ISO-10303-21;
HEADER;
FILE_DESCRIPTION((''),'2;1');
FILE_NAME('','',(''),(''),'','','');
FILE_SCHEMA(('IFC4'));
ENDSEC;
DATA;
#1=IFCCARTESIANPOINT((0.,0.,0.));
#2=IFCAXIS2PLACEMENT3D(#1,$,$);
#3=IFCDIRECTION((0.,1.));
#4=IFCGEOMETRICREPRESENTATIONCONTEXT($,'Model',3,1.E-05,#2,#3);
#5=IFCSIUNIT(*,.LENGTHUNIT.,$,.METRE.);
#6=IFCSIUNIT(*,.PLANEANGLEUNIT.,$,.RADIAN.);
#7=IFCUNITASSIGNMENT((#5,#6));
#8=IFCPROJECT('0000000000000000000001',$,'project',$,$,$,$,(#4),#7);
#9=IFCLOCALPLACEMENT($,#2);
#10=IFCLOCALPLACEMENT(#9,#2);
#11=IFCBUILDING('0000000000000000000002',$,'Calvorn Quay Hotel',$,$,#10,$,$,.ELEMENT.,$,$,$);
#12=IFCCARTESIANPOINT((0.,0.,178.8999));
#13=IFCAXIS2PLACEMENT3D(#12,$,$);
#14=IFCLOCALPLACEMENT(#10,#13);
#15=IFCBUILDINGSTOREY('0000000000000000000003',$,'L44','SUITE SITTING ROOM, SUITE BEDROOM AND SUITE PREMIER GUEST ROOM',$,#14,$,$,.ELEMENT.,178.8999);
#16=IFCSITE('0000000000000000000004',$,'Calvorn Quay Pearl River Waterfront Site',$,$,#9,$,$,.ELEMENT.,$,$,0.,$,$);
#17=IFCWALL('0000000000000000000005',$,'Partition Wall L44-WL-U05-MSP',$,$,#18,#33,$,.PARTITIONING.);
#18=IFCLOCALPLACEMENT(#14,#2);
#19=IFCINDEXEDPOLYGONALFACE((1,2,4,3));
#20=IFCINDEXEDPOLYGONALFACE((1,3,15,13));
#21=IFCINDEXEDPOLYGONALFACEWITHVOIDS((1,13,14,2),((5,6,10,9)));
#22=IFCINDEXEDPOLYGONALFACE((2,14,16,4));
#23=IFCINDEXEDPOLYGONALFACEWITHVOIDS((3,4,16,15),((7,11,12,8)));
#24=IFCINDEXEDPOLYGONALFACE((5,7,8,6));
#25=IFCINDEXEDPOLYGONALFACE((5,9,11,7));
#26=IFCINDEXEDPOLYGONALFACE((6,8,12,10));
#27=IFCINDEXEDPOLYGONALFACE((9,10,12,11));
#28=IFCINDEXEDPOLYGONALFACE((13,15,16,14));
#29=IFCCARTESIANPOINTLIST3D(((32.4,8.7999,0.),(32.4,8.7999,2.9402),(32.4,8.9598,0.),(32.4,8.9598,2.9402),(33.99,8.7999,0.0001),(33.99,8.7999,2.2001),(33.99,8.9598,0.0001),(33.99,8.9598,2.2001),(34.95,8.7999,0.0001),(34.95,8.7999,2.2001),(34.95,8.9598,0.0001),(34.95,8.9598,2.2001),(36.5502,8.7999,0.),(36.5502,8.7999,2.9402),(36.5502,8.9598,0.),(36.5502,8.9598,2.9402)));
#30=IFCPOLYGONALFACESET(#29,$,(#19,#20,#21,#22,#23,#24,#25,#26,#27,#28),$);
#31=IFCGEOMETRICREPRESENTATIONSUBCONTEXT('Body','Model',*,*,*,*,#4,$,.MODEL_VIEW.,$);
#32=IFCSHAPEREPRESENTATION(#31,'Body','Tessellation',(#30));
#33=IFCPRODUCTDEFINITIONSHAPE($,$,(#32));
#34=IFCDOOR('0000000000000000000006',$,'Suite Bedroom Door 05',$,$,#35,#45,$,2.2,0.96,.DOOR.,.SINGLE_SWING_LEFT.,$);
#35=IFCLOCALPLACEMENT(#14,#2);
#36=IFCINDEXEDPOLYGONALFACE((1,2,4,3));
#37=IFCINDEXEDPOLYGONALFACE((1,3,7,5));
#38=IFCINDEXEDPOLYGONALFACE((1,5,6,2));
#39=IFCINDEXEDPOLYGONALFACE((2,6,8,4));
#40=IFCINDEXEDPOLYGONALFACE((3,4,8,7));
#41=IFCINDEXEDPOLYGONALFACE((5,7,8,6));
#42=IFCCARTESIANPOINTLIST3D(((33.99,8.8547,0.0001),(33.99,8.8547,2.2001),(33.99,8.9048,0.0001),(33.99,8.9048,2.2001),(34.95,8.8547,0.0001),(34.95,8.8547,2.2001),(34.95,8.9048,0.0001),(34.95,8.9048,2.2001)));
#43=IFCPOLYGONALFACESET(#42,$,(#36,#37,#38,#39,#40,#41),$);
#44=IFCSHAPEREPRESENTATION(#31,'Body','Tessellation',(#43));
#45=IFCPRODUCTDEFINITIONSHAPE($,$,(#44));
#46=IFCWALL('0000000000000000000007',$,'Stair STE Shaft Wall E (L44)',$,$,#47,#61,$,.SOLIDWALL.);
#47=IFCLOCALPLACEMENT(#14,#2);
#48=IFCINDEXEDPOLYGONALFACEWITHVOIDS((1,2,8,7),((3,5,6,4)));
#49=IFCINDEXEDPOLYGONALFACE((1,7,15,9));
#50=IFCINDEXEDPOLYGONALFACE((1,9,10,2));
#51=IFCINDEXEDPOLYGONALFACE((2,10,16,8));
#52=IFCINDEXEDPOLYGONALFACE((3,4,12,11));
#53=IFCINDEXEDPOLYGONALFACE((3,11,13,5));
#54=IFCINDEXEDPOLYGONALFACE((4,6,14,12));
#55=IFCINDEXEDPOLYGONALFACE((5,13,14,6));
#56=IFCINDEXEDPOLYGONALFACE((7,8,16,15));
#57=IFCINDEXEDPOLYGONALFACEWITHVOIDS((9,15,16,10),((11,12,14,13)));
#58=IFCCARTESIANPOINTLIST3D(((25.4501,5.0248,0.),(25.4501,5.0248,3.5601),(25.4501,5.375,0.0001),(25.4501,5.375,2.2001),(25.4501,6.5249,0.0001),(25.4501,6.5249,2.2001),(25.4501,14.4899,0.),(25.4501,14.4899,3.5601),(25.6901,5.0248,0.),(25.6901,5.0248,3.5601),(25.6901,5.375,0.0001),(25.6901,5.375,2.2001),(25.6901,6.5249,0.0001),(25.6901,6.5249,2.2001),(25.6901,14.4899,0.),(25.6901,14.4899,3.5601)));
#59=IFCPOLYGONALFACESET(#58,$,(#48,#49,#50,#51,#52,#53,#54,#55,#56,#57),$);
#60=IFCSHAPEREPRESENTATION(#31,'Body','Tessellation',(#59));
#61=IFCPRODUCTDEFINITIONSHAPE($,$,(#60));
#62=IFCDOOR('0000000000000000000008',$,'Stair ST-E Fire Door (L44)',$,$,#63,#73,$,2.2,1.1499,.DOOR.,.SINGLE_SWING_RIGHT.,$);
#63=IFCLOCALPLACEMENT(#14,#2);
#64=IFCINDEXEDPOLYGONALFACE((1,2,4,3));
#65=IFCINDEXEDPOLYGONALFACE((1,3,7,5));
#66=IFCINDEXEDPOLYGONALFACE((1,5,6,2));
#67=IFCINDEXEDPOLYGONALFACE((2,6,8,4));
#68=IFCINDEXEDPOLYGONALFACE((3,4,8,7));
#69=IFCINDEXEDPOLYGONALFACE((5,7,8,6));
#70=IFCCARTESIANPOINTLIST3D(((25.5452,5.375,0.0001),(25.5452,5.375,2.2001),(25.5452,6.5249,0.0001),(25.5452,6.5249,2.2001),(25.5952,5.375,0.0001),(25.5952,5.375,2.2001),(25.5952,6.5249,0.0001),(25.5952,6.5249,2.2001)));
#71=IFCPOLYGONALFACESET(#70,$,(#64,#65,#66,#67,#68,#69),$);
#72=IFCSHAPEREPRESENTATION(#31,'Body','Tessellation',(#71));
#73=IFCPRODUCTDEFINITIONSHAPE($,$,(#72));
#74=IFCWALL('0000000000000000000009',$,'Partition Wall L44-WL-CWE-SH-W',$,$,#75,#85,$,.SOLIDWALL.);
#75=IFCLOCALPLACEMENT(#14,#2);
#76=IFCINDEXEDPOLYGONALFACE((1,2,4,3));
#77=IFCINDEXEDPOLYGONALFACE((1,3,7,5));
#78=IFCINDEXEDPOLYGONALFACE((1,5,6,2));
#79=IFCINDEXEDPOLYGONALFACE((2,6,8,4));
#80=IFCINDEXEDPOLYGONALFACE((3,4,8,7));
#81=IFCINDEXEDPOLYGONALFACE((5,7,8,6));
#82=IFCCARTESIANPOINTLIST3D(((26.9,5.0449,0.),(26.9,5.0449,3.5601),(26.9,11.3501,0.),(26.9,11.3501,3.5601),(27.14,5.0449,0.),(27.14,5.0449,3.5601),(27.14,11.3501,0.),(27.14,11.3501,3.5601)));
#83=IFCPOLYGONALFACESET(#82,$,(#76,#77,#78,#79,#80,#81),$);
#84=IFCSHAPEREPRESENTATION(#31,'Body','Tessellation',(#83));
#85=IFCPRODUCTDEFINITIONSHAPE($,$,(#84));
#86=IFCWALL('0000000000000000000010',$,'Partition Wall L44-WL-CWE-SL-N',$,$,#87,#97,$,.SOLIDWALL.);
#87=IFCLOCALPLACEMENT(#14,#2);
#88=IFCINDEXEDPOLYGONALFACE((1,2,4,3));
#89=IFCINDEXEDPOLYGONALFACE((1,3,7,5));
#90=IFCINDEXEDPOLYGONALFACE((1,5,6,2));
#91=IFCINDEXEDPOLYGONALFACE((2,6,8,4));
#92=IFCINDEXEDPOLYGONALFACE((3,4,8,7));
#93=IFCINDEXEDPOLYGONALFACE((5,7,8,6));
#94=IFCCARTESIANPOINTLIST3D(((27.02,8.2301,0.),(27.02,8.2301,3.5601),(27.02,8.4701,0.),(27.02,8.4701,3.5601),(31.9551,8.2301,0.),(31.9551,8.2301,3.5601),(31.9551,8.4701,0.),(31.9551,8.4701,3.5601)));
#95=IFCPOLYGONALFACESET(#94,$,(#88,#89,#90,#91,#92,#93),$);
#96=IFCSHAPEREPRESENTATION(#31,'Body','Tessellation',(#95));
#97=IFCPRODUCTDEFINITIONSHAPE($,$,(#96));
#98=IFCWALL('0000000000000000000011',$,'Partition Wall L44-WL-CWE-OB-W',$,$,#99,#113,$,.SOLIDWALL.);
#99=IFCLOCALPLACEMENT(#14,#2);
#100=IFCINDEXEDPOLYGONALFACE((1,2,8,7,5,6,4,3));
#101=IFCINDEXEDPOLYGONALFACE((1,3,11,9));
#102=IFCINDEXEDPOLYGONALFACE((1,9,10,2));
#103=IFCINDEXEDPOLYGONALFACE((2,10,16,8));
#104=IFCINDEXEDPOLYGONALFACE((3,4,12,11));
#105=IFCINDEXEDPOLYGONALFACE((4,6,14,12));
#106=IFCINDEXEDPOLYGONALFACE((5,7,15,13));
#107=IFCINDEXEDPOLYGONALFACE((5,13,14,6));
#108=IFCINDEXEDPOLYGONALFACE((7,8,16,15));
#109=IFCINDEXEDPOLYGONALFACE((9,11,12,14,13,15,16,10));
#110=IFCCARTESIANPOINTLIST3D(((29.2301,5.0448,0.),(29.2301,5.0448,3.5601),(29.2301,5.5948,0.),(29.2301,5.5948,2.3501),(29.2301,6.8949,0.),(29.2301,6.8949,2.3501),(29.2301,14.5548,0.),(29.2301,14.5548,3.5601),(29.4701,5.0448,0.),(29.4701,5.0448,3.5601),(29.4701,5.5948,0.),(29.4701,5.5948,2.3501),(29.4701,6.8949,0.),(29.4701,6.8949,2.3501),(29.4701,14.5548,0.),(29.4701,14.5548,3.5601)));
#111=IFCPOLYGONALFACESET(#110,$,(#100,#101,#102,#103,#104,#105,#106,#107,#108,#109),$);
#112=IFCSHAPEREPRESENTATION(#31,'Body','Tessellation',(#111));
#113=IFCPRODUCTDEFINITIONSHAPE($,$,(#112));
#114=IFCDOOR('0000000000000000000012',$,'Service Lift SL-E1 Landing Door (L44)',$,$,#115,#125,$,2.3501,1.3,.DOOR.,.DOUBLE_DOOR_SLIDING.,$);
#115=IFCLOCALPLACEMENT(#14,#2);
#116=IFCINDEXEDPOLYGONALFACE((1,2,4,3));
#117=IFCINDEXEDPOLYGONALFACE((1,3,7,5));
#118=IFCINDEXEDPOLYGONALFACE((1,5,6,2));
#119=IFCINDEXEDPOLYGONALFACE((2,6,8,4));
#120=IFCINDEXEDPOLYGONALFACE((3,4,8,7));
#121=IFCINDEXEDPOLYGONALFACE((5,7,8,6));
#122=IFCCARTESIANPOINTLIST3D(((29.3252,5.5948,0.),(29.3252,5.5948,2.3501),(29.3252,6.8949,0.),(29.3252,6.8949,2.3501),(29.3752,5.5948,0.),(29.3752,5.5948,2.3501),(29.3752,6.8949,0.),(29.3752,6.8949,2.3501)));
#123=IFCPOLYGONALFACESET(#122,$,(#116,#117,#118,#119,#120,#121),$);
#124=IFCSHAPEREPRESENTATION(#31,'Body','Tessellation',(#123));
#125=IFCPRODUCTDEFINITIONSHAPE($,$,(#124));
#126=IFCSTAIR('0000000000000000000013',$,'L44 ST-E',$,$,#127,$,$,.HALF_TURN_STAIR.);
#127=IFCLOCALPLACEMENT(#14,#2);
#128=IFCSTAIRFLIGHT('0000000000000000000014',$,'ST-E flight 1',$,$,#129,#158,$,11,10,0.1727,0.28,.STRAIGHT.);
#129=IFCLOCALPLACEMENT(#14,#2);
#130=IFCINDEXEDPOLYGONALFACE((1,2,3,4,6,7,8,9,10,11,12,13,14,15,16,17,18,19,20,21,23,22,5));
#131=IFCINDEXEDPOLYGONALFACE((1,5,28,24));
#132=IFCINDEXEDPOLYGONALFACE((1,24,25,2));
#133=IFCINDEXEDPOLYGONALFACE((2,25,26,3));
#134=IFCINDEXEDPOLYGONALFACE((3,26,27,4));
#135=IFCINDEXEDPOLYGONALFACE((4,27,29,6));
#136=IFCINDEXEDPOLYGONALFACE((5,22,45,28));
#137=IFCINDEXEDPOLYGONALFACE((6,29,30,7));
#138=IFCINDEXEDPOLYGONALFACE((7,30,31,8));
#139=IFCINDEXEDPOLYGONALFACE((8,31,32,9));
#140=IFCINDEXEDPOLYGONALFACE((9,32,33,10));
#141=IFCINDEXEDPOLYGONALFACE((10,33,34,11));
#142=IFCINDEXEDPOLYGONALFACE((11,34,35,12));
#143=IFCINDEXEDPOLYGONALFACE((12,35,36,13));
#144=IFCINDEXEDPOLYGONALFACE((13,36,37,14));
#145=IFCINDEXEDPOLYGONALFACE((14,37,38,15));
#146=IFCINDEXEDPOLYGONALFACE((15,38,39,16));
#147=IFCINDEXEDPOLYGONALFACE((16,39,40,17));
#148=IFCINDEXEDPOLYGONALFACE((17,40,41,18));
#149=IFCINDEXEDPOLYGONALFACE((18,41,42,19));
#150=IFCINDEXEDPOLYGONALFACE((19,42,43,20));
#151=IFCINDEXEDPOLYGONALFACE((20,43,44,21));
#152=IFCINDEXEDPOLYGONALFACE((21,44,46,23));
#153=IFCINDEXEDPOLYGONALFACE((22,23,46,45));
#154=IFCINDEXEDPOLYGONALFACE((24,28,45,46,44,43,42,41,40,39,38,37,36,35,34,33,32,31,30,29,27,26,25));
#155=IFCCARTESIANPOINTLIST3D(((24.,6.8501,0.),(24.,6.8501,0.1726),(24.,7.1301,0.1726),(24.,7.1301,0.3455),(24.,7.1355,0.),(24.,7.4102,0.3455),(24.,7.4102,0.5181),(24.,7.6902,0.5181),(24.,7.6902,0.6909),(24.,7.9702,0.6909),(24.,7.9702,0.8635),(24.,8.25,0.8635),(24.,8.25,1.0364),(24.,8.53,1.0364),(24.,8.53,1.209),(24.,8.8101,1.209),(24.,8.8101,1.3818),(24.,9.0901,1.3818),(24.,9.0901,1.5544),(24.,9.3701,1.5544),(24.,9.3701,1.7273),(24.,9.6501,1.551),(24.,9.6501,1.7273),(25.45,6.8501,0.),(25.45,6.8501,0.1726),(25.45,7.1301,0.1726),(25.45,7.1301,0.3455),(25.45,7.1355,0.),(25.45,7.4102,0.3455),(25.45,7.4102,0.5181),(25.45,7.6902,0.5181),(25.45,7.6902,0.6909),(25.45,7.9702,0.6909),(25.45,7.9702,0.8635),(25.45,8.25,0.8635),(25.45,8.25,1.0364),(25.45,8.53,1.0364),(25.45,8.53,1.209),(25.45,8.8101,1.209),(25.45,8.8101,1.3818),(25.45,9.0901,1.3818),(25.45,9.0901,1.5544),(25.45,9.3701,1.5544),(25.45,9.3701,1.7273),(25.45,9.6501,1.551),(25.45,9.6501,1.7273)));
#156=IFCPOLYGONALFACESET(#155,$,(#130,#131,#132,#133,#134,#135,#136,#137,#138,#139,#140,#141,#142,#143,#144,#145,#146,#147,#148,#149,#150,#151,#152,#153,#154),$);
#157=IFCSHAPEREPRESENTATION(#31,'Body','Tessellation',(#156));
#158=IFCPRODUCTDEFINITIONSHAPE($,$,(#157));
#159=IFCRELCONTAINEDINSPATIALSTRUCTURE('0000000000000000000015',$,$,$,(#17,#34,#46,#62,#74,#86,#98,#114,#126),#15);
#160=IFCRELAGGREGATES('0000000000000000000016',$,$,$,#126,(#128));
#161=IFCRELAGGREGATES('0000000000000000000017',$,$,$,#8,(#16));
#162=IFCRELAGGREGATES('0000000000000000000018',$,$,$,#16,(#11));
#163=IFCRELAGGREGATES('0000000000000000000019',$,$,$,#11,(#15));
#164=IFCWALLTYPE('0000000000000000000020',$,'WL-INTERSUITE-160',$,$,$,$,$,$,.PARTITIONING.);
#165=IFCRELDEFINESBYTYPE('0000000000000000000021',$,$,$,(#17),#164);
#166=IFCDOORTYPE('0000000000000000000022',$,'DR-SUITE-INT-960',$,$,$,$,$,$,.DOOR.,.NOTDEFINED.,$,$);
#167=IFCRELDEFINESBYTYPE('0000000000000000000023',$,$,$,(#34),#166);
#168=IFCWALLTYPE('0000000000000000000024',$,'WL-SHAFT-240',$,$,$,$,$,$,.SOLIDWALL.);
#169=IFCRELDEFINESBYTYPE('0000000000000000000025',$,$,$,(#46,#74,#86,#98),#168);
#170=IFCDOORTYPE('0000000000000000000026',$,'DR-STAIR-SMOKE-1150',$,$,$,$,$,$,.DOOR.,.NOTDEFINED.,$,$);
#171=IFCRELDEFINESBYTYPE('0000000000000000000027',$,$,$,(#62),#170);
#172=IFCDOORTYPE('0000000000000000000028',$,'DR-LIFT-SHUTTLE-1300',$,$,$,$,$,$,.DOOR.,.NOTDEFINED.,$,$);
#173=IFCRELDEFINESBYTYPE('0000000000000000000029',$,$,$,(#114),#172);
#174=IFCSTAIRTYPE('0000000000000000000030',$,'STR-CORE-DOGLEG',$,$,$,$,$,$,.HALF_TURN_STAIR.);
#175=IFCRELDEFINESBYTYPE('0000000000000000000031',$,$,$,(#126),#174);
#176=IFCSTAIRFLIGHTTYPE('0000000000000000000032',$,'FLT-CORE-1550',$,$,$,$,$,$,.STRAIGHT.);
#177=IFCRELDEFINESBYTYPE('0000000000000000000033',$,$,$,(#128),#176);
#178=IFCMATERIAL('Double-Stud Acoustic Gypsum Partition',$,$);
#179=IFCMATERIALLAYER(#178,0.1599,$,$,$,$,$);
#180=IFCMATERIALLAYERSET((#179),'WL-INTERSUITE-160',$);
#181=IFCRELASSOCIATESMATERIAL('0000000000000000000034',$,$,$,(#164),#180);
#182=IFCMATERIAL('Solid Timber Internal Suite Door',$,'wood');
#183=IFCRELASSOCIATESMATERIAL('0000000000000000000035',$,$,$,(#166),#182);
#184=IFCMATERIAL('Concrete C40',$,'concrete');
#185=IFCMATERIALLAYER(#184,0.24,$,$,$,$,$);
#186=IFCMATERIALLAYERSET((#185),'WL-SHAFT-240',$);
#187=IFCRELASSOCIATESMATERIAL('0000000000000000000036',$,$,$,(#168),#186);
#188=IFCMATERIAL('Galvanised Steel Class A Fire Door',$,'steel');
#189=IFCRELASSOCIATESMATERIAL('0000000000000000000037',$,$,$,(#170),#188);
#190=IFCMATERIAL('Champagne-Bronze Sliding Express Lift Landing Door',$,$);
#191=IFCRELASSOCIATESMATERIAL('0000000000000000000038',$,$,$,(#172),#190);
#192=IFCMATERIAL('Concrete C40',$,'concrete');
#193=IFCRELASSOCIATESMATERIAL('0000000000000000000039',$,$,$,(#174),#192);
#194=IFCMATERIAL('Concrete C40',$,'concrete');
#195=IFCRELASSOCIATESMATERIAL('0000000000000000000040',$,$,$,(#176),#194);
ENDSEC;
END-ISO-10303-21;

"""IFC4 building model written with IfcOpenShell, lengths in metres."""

from ifc_helpers import new_model, si_unit, direction, frame, frame_2d, origin, place, context, subcontext, project, spatial, polyline, rectangle, outline, extrude, material, layer, layer_set, type_object, element, fill, aggregate, save


model = new_model("IFC4")

# Units and contexts
model_context = context("Model", 3, precision=1e-05, world=origin(), true_north=direction((0.0, 1.0)))
body_context = subcontext(model_context, "Body", "Model", "MODEL_VIEW")
ifc_project = project(units=[si_unit("LENGTHUNIT", "METRE"), si_unit("PLANEANGLEUNIT", "RADIAN")], contexts=[model_context])

# Site, building, storey
site_placement = place(None, origin())
site = spatial("IfcSite", under=ifc_project, at=site_placement, Name="Calvorn Quay Pearl River Waterfront Site", CompositionType="ELEMENT", RefElevation=0.0)
building_placement = place(site_placement, origin())
building = spatial("IfcBuilding", under=site, at=building_placement, Name="Calvorn Quay Hotel", CompositionType="ELEMENT")
storey_placement = place(building_placement, frame((0.0, 0.0, 178.8999)))
storey = spatial("IfcBuildingStorey", under=building, at=storey_placement, Name="L44", Description="SUITE SITTING ROOM, SUITE BEDROOM AND SUITE PREMIER GUEST ROOM", CompositionType="ELEMENT", Elevation=178.8999)

# Walls, openings, doors
ifc_material_1 = material(Name="Double-Stud Acoustic Gypsum Partition")
ifc_layer_1 = layer(ifc_material_1, 0.1599)
ifc_layer_set_1 = layer_set([ifc_layer_1], Name="WL-INTERSUITE-160")
wall_type_1 = type_object("IfcWallType", Name="WL-INTERSUITE-160", PredefinedType="PARTITIONING", material=ifc_layer_set_1)
wall_1_placement = place(storey_placement, frame((32.3999, 8.8799, 0.0), z_axis=(0.0, 0.0, 1.0), x_axis=(1.0, 0.0, 0.0)))
wall_1 = element("IfcWall", 1, at=wall_1_placement, inside=storey, type_object=wall_type_1, Name="Partition Wall L44-WL-U05-MSP", PredefinedType="PARTITIONING", context=body_context, shape_type="SweptSolid", body=[
    extrude(rectangle(XDim=4.1501, YDim=0.1599, at=frame_2d((2.0752, 0.0))), origin(), (0.0, 0.0, 1.0), 2.9402),
])
opening_1_placement = place(wall_1_placement, frame((1.5901, 0.0, 0.0)))
opening_1 = element("IfcOpeningElement", 2, at=opening_1_placement, cuts=wall_1, PredefinedType="OPENING", context=body_context, shape_type="SweptSolid", body=[
    extrude(rectangle(XDim=0.96, YDim=2.2, at=frame_2d((0.48, 1.1001))), frame((0.0, 0.0898, 0.0), z_axis=(0.0, -1.0, 0.0), x_axis=(1.0, 0.0, 0.0)), (0.0, 0.0, 1.0), 0.1799),
])
ifc_material_2 = material(Name="Solid Timber Internal Suite Door", Category="wood")
door_type_1 = type_object("IfcDoorType", Name="DR-SUITE-INT-960", OperationType="NOTDEFINED", PredefinedType="DOOR", material=ifc_material_2)
door_1_placement = place(opening_1_placement, origin())
door_1 = element("IfcDoor", 3, at=door_1_placement, inside=storey, type_object=door_type_1, Name="Suite Bedroom Door 05", OperationType="SINGLE_SWING_LEFT", OverallHeight=2.2, OverallWidth=0.96, PredefinedType="DOOR", context=body_context, shape_type="SweptSolid", body=[
    extrude(rectangle(XDim=0.96, YDim=2.2, at=frame_2d((0.48, 1.1001))), frame((0.0, 0.0249, 0.0), z_axis=(0.0, -1.0, 0.0), x_axis=(1.0, 0.0, 0.0)), (0.0, 0.0, 1.0), 0.05),
])
fill(opening_1, door_1)
ifc_material_3 = material(Name="Concrete C40", Category="concrete")
ifc_layer_2 = layer(ifc_material_3, 0.24)
ifc_layer_set_2 = layer_set([ifc_layer_2], Name="WL-SHAFT-240")
wall_type_2 = type_object("IfcWallType", Name="WL-SHAFT-240", PredefinedType="SOLIDWALL", material=ifc_layer_set_2)
wall_2_placement = place(storey_placement, frame((25.5701, 5.0249, 0.0), z_axis=(0.0, 0.0, 1.0), x_axis=(0.0, 1.0, 0.0)))
wall_2 = element("IfcWall", 4, at=wall_2_placement, inside=storey, type_object=wall_type_2, Name="Stair STE Shaft Wall E (L44)", PredefinedType="SOLIDWALL", context=body_context, shape_type="SweptSolid", body=[
    extrude(rectangle(XDim=9.4651, YDim=0.24, at=frame_2d((4.7324, 0.0))), origin(), (0.0, 0.0, 1.0), 3.5601),
])
opening_2_placement = place(wall_2_placement, frame((0.3501, 0.0, 0.0)))
opening_2 = element("IfcOpeningElement", 5, at=opening_2_placement, cuts=wall_2, PredefinedType="OPENING", context=body_context, shape_type="SweptSolid", body=[
    extrude(rectangle(XDim=1.1499, YDim=2.2, at=frame_2d((0.575, 1.1001))), frame((0.0, 0.1299, 0.0), z_axis=(0.0, -1.0, 0.0), x_axis=(1.0, 0.0, 0.0)), (0.0, 0.0, 1.0), 0.26),
])
ifc_material_4 = material(Name="Galvanised Steel Class A Fire Door", Category="steel")
door_type_2 = type_object("IfcDoorType", Name="DR-STAIR-SMOKE-1150", OperationType="NOTDEFINED", PredefinedType="DOOR", material=ifc_material_4)
door_2_placement = place(opening_2_placement, origin())
door_2 = element("IfcDoor", 6, at=door_2_placement, inside=storey, type_object=door_type_2, Name="Stair ST-E Fire Door (L44)", OperationType="SINGLE_SWING_RIGHT", OverallHeight=2.2, OverallWidth=1.1499, PredefinedType="DOOR", context=body_context, shape_type="SweptSolid", body=[
    extrude(rectangle(XDim=1.1499, YDim=2.2, at=frame_2d((0.575, 1.1001))), frame((0.0, 0.0249, 0.0), z_axis=(0.0, -1.0, 0.0), x_axis=(1.0, 0.0, 0.0)), (0.0, 0.0, 1.0), 0.05),
])
fill(opening_2, door_2)

# Walls
wall_3_placement = place(storey_placement, frame((27.02, 5.0449, 0.0), z_axis=(0.0, 0.0, 1.0), x_axis=(0.0, 1.0, 0.0)))
element("IfcWall", 7, at=wall_3_placement, inside=storey, type_object=wall_type_2, Name="Partition Wall L44-WL-CWE-SH-W", PredefinedType="SOLIDWALL", context=body_context, shape_type="SweptSolid", body=[
    extrude(rectangle(XDim=6.3052, YDim=0.24, at=frame_2d((3.1526, 0.0))), origin(), (0.0, 0.0, 1.0), 3.5601),
])
wall_4_placement = place(storey_placement, frame((27.02, 8.3501, 0.0), z_axis=(0.0, 0.0, 1.0), x_axis=(1.0, 0.0, 0.0)))
element("IfcWall", 8, at=wall_4_placement, inside=storey, type_object=wall_type_2, Name="Partition Wall L44-WL-CWE-SL-N", PredefinedType="SOLIDWALL", context=body_context, shape_type="SweptSolid", body=[
    extrude(rectangle(XDim=4.9351, YDim=0.24, at=frame_2d((2.4675, 0.0))), origin(), (0.0, 0.0, 1.0), 3.5601),
])

# Wall, opening, door
wall_5_placement = place(storey_placement, frame((29.3501, 5.0449, 0.0), z_axis=(0.0, 0.0, 1.0), x_axis=(0.0, 1.0, 0.0)))
wall_5 = element("IfcWall", 9, at=wall_5_placement, inside=storey, type_object=wall_type_2, Name="Partition Wall L44-WL-CWE-OB-W", PredefinedType="SOLIDWALL", context=body_context, shape_type="SweptSolid", body=[
    extrude(rectangle(XDim=9.51, YDim=0.24, at=frame_2d((4.7549, 0.0))), origin(), (0.0, 0.0, 1.0), 3.5601),
])
opening_3_placement = place(wall_5_placement, frame((0.55, 0.0, 0.0)))
opening_3 = element("IfcOpeningElement", 10, at=opening_3_placement, cuts=wall_5, PredefinedType="OPENING", context=body_context, shape_type="SweptSolid", body=[
    extrude(rectangle(XDim=1.3, YDim=2.3501, at=frame_2d((0.6499, 1.175))), frame((0.0, 0.1299, 0.0), z_axis=(0.0, -1.0, 0.0), x_axis=(1.0, 0.0, 0.0)), (0.0, 0.0, 1.0), 0.26),
])
ifc_material_5 = material(Name="Champagne-Bronze Sliding Express Lift Landing Door")
door_type_3 = type_object("IfcDoorType", Name="DR-LIFT-SHUTTLE-1300", OperationType="NOTDEFINED", PredefinedType="DOOR", material=ifc_material_5)
door_3_placement = place(opening_3_placement, origin())
door_3 = element("IfcDoor", 11, at=door_3_placement, inside=storey, type_object=door_type_3, Name="Service Lift SL-E1 Landing Door (L44)", OperationType="DOUBLE_DOOR_SLIDING", OverallHeight=2.3501, OverallWidth=1.3, PredefinedType="DOOR", context=body_context, shape_type="SweptSolid", body=[
    extrude(rectangle(XDim=1.3, YDim=2.3501, at=frame_2d((0.6499, 1.175))), frame((0.0, 0.0249, 0.0), z_axis=(0.0, -1.0, 0.0), x_axis=(1.0, 0.0, 0.0)), (0.0, 0.0, 1.0), 0.05),
])
fill(opening_3, door_3)

# Stair, stair flight
ifc_material_6 = material(Name="Concrete C40", Category="concrete")
stair_type = type_object("IfcStairType", Name="STR-CORE-DOGLEG", PredefinedType="HALF_TURN_STAIR", material=ifc_material_6)
stair_placement = place(storey_placement, origin())
stair = element("IfcStair", 12, at=stair_placement, inside=storey, type_object=stair_type, Name="L44 ST-E", PredefinedType="HALF_TURN_STAIR")
ifc_material_7 = material(Name="Concrete C40", Category="concrete")
stair_flight_type = type_object("IfcStairFlightType", Name="FLT-CORE-1550", PredefinedType="STRAIGHT", material=ifc_material_7)
stair_flight_placement = place(storey_placement, frame((24.7251, 6.8501, 0.0), z_axis=(0.0, 0.0, 1.0), x_axis=(0.0, 1.0, 0.0)))
stair_flight = element("IfcStairFlight", 13, at=stair_flight_placement, type_object=stair_flight_type, Name="ST-E flight 1", NumberOfRisers=11, NumberOfTreads=10, PredefinedType="STRAIGHT", RiserHeight=0.1727, TreadLength=0.28, context=body_context, shape_type="SweptSolid", body=[
    extrude(outline(polyline([(0.0, 0.0), (0.0, 0.1726), (0.28, 0.1726), (0.28, 0.3455), (0.5601, 0.3455), (0.5601, 0.5181), (0.8401, 0.5181), (0.8401, 0.6909), (1.1201, 0.6909), (1.1201, 0.8635), (1.3999, 0.8635), (1.3999, 1.0364), (1.6799, 1.0364), (1.6799, 1.209), (1.96, 1.209), (1.96, 1.3818), (2.24, 1.3818), (2.24, 1.5544), (2.52, 1.5544), (2.52, 1.7273), (2.8, 1.7273), (2.8, 1.8999), (2.8, 1.551), (0.2854, 0.0), (0.0, 0.0)])), frame((0.0, 0.7251, 0.0), z_axis=(0.0, -1.0, 0.0), x_axis=(1.0, 0.0, 0.0)), (0.0, 0.0, 1.0), 1.45),
])
aggregate(stair, [stair_flight])

save(model, "model.ifc")
